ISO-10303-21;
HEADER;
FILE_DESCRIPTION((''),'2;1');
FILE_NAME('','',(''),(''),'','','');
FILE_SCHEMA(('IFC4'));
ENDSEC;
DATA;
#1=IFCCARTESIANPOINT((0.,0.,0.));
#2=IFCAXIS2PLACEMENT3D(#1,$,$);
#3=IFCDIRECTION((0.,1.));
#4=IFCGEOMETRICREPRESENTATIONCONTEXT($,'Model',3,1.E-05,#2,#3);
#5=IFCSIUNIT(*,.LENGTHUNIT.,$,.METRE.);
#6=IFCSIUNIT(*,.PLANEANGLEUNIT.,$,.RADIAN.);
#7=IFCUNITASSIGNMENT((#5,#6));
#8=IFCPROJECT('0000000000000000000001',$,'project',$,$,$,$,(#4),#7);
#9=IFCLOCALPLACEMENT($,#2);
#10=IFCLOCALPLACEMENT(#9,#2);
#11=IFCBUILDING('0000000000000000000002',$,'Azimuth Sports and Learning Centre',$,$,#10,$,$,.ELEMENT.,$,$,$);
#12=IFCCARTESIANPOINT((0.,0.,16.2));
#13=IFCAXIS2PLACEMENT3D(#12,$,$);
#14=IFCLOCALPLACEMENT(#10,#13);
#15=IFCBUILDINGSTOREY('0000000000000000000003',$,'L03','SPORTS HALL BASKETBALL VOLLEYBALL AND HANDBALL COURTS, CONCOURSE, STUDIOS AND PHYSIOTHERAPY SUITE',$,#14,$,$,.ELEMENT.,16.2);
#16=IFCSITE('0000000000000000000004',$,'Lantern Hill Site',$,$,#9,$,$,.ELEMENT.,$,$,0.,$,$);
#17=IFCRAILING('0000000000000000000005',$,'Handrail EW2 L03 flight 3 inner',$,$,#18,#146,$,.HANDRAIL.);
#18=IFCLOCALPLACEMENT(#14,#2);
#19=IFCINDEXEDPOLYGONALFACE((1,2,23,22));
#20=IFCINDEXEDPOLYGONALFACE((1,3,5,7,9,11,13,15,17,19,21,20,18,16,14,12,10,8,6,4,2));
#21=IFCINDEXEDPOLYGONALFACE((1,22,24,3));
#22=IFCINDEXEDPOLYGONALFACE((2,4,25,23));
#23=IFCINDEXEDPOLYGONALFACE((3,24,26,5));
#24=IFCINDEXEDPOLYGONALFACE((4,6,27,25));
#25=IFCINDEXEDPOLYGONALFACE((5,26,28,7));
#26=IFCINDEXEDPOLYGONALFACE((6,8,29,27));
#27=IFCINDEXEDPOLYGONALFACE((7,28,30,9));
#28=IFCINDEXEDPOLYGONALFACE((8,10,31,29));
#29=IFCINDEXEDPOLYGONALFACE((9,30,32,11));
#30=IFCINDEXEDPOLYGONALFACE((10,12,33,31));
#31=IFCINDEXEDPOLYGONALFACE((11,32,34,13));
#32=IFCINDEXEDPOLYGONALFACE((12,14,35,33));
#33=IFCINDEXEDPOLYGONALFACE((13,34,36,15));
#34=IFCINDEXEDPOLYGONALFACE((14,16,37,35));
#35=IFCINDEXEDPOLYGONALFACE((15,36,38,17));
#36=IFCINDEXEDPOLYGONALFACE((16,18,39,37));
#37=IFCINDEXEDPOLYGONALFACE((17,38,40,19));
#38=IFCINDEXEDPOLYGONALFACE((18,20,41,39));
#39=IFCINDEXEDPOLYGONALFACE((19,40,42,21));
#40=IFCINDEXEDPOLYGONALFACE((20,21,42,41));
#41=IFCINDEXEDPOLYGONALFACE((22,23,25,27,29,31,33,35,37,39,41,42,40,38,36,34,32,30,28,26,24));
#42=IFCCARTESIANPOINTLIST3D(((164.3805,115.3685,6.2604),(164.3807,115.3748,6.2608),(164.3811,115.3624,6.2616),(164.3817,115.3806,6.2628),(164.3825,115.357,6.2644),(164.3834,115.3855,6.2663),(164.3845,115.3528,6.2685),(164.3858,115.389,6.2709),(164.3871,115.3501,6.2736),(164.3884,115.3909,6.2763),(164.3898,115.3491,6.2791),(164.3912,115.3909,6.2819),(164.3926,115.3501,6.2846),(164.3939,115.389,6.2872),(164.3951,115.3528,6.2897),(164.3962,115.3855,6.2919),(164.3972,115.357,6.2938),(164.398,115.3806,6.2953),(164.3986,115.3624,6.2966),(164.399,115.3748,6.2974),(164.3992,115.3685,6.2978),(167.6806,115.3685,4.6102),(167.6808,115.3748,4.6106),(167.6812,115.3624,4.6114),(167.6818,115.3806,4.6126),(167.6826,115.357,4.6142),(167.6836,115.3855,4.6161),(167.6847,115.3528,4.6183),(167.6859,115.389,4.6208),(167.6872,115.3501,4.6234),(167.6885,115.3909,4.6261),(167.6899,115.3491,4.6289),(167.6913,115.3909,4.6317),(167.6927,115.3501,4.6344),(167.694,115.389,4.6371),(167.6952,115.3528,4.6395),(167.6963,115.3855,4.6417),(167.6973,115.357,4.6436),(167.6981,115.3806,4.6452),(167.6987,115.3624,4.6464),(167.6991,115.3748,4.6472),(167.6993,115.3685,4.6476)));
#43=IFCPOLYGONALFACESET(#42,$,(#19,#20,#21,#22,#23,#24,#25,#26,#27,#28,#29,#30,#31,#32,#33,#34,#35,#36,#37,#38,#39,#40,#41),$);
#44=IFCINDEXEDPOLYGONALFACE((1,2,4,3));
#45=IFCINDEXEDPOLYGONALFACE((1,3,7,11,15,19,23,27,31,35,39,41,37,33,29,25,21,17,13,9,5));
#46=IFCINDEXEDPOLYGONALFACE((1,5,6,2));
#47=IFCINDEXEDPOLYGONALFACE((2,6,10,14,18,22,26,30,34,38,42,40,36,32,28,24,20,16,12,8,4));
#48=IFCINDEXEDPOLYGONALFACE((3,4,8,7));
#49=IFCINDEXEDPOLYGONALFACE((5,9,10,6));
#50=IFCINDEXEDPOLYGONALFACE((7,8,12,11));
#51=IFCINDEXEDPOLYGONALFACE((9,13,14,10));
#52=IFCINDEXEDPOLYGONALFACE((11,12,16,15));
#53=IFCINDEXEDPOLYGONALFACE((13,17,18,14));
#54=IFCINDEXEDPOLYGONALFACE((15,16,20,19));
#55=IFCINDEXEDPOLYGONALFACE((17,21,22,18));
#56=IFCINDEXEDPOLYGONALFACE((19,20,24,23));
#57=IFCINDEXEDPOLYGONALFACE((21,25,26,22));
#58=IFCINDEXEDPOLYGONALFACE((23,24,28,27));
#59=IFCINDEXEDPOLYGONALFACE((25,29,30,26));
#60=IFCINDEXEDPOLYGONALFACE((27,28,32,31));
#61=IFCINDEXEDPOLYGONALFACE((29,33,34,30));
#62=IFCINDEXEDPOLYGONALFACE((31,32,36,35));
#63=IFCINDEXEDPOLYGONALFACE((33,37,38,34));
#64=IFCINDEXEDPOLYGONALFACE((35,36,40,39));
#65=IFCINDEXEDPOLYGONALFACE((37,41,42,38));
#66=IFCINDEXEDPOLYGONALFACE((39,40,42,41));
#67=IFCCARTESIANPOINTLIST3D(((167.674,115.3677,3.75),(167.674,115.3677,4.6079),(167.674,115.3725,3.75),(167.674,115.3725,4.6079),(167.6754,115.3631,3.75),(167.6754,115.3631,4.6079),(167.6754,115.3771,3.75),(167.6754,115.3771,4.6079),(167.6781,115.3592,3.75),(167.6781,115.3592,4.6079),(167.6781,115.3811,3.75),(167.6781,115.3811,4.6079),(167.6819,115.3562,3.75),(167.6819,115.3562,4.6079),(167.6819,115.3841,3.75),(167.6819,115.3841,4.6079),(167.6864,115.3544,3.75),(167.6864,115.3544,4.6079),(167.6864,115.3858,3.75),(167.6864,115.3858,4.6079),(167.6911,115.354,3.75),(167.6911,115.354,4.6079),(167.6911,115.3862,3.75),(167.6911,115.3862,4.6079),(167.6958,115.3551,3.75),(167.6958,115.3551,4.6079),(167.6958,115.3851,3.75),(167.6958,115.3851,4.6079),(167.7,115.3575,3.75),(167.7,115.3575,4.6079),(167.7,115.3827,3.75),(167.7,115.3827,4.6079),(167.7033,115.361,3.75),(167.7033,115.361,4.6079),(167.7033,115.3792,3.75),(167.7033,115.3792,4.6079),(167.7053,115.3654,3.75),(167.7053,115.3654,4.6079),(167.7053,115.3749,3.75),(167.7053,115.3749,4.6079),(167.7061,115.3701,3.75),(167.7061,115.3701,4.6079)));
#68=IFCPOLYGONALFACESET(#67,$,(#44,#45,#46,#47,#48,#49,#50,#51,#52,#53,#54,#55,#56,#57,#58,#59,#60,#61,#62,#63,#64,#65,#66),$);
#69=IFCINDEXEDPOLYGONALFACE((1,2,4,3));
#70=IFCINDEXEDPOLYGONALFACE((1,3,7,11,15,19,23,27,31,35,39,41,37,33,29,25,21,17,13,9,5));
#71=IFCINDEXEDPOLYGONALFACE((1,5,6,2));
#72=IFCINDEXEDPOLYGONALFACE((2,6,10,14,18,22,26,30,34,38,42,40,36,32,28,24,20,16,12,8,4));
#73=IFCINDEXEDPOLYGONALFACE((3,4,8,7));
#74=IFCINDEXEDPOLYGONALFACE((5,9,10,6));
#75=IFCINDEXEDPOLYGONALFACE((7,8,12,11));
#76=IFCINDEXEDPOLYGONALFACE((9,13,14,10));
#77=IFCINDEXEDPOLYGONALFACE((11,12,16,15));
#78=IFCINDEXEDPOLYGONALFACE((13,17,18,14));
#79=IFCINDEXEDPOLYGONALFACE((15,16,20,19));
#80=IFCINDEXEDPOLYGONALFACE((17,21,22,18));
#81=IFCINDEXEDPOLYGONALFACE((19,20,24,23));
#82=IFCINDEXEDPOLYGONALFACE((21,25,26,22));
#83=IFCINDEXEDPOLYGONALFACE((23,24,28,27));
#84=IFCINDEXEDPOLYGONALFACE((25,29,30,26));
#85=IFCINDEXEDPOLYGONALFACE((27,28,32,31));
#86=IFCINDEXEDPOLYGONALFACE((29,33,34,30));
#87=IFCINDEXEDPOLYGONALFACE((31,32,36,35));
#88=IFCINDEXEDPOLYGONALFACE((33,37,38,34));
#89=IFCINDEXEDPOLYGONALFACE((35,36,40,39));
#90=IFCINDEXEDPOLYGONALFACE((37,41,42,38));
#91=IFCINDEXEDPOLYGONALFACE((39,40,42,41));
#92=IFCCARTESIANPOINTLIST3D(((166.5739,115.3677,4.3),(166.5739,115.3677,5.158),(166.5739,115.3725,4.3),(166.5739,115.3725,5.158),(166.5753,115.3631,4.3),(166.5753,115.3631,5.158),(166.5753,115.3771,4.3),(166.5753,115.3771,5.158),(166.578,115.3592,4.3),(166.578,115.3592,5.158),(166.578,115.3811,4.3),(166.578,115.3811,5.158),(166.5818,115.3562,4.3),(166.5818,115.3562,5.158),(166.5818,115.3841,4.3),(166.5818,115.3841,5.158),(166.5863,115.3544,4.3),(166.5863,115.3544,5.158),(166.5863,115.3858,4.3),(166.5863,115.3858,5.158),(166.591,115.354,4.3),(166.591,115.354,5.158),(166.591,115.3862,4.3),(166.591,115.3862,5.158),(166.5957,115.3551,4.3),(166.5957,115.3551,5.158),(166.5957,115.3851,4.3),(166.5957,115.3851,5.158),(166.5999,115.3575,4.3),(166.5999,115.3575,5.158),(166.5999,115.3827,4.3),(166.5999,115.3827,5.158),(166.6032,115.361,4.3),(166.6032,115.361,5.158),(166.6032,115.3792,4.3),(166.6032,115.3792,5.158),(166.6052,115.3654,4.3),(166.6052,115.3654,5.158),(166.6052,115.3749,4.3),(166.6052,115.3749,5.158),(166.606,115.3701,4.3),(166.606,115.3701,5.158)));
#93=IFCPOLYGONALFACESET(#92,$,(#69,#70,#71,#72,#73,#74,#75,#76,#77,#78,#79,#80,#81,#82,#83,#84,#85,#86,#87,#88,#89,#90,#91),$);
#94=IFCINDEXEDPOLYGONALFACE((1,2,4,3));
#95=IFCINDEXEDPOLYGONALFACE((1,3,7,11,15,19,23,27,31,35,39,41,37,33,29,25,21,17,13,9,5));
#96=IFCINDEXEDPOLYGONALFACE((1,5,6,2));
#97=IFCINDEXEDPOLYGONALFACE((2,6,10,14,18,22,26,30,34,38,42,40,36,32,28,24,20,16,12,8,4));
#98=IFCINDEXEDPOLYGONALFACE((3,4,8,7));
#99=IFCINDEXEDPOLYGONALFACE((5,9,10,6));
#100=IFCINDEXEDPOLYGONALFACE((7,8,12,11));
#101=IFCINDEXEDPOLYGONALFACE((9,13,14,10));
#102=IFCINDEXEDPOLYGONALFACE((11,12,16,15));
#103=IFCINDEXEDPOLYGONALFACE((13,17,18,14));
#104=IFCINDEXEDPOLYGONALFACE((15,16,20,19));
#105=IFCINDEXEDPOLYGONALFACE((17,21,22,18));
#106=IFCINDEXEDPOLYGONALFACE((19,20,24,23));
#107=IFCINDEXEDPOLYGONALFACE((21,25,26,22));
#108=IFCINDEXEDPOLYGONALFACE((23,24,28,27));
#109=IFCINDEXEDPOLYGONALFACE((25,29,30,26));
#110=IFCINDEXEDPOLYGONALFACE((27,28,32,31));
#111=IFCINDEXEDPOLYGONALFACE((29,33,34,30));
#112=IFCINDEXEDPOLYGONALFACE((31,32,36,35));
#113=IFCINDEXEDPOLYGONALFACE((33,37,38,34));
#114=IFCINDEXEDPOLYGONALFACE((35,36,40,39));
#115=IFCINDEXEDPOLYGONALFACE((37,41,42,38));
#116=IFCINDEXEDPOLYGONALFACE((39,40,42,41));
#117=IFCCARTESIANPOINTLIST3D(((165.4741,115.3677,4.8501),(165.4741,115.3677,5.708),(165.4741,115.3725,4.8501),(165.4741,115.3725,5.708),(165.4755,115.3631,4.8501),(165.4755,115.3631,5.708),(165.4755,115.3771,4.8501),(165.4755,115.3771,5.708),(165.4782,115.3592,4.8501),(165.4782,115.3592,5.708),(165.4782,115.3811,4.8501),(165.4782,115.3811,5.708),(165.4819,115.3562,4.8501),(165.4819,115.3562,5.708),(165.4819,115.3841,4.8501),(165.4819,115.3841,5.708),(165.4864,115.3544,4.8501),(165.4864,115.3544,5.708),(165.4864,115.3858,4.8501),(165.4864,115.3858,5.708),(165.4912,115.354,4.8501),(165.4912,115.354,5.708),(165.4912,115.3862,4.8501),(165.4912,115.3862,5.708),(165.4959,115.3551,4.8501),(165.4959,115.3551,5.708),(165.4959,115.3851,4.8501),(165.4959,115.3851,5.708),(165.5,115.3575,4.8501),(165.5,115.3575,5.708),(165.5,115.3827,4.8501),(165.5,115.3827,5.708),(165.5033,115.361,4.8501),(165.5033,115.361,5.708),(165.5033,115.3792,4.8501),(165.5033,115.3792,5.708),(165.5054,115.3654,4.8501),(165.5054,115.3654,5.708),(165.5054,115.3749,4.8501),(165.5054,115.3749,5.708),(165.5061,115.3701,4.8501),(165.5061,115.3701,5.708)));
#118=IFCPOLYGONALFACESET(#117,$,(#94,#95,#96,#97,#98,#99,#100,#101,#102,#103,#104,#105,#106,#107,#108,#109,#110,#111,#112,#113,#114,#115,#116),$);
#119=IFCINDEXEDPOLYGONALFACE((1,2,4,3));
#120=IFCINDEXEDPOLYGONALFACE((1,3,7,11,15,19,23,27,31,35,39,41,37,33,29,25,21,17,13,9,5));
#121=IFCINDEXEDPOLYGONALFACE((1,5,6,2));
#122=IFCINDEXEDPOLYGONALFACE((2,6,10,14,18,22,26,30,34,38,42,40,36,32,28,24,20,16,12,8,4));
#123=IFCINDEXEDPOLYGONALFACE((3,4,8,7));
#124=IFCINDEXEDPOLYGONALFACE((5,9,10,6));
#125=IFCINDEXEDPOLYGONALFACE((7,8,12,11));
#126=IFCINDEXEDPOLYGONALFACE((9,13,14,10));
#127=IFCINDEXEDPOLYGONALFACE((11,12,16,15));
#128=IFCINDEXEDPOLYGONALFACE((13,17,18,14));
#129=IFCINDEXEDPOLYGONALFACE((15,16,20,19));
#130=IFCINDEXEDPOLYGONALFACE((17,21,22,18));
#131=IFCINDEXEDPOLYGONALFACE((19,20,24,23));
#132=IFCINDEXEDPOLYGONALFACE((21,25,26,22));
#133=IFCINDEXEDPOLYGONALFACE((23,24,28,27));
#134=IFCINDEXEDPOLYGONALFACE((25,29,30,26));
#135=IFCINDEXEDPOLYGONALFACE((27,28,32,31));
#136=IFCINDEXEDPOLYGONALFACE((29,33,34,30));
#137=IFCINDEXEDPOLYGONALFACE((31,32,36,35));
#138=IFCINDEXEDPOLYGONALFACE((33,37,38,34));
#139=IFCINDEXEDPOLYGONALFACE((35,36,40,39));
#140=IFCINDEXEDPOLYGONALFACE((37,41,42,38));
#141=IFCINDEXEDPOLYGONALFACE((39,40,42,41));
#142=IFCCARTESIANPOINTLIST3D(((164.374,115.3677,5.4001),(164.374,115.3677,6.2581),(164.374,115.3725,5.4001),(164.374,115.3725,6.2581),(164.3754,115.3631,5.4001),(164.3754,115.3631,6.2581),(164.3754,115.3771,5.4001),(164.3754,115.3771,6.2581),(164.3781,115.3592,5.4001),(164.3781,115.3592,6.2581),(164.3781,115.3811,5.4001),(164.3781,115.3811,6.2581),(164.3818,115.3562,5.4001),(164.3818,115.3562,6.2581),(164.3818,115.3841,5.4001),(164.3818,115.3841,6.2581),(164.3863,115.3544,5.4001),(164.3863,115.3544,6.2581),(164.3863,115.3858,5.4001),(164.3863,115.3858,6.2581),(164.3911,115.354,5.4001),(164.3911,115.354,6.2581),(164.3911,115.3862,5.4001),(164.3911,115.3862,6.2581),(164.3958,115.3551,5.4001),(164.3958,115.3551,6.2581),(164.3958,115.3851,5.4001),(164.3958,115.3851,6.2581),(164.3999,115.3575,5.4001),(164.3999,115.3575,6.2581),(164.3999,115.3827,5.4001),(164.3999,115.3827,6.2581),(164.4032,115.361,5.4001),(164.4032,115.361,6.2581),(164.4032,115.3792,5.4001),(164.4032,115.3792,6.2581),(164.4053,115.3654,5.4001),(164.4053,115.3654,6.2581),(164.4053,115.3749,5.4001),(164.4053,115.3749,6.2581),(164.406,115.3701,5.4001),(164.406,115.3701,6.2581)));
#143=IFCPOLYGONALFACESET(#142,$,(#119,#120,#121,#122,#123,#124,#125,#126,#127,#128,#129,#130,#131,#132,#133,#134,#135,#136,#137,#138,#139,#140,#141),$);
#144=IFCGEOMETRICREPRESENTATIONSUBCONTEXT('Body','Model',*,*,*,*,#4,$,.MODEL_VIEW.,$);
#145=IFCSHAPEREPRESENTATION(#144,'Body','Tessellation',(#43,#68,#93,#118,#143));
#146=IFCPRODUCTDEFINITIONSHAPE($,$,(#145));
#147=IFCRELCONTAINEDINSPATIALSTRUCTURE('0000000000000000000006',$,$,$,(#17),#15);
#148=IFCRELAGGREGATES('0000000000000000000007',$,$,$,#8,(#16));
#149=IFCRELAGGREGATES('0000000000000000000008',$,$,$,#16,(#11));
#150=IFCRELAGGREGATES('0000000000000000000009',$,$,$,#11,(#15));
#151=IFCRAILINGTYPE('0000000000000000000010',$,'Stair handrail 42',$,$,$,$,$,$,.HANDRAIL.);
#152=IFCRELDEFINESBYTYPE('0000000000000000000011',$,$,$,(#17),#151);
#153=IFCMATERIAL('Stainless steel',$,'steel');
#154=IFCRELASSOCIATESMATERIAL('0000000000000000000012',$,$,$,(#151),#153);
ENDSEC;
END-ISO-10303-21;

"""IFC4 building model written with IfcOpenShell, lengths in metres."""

from ifc_helpers import new_model, si_unit, direction, frame, origin, origin_2d, place, context, subcontext, project, spatial, circle, extrude, material, type_object, element, save


model = new_model("IFC4")

# Units and contexts
model_context = context("Model", 3, precision=1e-05, world=origin(), true_north=direction((0.0, 1.0)))
body_context = subcontext(model_context, "Body", "Model", "MODEL_VIEW")
ifc_project = project(units=[si_unit("LENGTHUNIT", "METRE"), si_unit("PLANEANGLEUNIT", "RADIAN")], contexts=[model_context])

# Site, building, storey
site_placement = place(None, origin())
site = spatial("IfcSite", under=ifc_project, at=site_placement, Name="Lantern Hill Site", CompositionType="ELEMENT", RefElevation=0.0)
building_placement = place(site_placement, origin())
building = spatial("IfcBuilding", under=site, at=building_placement, Name="Azimuth Sports and Learning Centre", CompositionType="ELEMENT")
storey_placement = place(building_placement, frame((0.0, 0.0, 16.2)))
storey = spatial("IfcBuildingStorey", under=building, at=storey_placement, Name="L03", Description="SPORTS HALL BASKETBALL VOLLEYBALL AND HANDBALL COURTS, CONCOURSE, STUDIOS AND PHYSIOTHERAPY SUITE", CompositionType="ELEMENT", Elevation=16.2)

# Railing
ifc_material_1 = material(Name="Stainless steel", Category="steel")
railing_type_1 = type_object("IfcRailingType", Name="Stair handrail 42", PredefinedType="HANDRAIL", material=ifc_material_1)
for number, where, name in (
    (1, (167.6899, 115.3701, 3.75), "Handrail EW2 L03 flight 3 inner"),
):
    element("IfcRailing", number, at=place(storey_placement, frame(where)), inside=storey, type_object=railing_type_1, Name=name, PredefinedType="HANDRAIL", context=body_context, shape_type="SweptSolid", body=[
        extrude(circle(Radius=0.021, at=origin_2d()), frame((0.0, 0.0, 0.8789), z_axis=(-0.894414, 0.0, 0.44724), x_axis=(0.0, -1.0, 0.0)), (0.0, 0.0, 1.0), 3.6897),
        extrude(circle(Radius=0.0161, at=origin_2d()), origin(), (0.0, 0.0, 1.0), 0.8579),
        extrude(circle(Radius=0.0161, at=origin_2d()), frame((-1.1001, 0.0, 0.55)), (0.0, 0.0, 1.0), 0.8579),
        extrude(circle(Radius=0.0161, at=origin_2d()), frame((-2.2, 0.0, 1.1001)), (0.0, 0.0, 1.0), 0.8579),
        extrude(circle(Radius=0.0161, at=origin_2d()), frame((-3.3, 0.0, 1.6501)), (0.0, 0.0, 1.0), 0.8579),
    ])

save(model, "model.ifc")
